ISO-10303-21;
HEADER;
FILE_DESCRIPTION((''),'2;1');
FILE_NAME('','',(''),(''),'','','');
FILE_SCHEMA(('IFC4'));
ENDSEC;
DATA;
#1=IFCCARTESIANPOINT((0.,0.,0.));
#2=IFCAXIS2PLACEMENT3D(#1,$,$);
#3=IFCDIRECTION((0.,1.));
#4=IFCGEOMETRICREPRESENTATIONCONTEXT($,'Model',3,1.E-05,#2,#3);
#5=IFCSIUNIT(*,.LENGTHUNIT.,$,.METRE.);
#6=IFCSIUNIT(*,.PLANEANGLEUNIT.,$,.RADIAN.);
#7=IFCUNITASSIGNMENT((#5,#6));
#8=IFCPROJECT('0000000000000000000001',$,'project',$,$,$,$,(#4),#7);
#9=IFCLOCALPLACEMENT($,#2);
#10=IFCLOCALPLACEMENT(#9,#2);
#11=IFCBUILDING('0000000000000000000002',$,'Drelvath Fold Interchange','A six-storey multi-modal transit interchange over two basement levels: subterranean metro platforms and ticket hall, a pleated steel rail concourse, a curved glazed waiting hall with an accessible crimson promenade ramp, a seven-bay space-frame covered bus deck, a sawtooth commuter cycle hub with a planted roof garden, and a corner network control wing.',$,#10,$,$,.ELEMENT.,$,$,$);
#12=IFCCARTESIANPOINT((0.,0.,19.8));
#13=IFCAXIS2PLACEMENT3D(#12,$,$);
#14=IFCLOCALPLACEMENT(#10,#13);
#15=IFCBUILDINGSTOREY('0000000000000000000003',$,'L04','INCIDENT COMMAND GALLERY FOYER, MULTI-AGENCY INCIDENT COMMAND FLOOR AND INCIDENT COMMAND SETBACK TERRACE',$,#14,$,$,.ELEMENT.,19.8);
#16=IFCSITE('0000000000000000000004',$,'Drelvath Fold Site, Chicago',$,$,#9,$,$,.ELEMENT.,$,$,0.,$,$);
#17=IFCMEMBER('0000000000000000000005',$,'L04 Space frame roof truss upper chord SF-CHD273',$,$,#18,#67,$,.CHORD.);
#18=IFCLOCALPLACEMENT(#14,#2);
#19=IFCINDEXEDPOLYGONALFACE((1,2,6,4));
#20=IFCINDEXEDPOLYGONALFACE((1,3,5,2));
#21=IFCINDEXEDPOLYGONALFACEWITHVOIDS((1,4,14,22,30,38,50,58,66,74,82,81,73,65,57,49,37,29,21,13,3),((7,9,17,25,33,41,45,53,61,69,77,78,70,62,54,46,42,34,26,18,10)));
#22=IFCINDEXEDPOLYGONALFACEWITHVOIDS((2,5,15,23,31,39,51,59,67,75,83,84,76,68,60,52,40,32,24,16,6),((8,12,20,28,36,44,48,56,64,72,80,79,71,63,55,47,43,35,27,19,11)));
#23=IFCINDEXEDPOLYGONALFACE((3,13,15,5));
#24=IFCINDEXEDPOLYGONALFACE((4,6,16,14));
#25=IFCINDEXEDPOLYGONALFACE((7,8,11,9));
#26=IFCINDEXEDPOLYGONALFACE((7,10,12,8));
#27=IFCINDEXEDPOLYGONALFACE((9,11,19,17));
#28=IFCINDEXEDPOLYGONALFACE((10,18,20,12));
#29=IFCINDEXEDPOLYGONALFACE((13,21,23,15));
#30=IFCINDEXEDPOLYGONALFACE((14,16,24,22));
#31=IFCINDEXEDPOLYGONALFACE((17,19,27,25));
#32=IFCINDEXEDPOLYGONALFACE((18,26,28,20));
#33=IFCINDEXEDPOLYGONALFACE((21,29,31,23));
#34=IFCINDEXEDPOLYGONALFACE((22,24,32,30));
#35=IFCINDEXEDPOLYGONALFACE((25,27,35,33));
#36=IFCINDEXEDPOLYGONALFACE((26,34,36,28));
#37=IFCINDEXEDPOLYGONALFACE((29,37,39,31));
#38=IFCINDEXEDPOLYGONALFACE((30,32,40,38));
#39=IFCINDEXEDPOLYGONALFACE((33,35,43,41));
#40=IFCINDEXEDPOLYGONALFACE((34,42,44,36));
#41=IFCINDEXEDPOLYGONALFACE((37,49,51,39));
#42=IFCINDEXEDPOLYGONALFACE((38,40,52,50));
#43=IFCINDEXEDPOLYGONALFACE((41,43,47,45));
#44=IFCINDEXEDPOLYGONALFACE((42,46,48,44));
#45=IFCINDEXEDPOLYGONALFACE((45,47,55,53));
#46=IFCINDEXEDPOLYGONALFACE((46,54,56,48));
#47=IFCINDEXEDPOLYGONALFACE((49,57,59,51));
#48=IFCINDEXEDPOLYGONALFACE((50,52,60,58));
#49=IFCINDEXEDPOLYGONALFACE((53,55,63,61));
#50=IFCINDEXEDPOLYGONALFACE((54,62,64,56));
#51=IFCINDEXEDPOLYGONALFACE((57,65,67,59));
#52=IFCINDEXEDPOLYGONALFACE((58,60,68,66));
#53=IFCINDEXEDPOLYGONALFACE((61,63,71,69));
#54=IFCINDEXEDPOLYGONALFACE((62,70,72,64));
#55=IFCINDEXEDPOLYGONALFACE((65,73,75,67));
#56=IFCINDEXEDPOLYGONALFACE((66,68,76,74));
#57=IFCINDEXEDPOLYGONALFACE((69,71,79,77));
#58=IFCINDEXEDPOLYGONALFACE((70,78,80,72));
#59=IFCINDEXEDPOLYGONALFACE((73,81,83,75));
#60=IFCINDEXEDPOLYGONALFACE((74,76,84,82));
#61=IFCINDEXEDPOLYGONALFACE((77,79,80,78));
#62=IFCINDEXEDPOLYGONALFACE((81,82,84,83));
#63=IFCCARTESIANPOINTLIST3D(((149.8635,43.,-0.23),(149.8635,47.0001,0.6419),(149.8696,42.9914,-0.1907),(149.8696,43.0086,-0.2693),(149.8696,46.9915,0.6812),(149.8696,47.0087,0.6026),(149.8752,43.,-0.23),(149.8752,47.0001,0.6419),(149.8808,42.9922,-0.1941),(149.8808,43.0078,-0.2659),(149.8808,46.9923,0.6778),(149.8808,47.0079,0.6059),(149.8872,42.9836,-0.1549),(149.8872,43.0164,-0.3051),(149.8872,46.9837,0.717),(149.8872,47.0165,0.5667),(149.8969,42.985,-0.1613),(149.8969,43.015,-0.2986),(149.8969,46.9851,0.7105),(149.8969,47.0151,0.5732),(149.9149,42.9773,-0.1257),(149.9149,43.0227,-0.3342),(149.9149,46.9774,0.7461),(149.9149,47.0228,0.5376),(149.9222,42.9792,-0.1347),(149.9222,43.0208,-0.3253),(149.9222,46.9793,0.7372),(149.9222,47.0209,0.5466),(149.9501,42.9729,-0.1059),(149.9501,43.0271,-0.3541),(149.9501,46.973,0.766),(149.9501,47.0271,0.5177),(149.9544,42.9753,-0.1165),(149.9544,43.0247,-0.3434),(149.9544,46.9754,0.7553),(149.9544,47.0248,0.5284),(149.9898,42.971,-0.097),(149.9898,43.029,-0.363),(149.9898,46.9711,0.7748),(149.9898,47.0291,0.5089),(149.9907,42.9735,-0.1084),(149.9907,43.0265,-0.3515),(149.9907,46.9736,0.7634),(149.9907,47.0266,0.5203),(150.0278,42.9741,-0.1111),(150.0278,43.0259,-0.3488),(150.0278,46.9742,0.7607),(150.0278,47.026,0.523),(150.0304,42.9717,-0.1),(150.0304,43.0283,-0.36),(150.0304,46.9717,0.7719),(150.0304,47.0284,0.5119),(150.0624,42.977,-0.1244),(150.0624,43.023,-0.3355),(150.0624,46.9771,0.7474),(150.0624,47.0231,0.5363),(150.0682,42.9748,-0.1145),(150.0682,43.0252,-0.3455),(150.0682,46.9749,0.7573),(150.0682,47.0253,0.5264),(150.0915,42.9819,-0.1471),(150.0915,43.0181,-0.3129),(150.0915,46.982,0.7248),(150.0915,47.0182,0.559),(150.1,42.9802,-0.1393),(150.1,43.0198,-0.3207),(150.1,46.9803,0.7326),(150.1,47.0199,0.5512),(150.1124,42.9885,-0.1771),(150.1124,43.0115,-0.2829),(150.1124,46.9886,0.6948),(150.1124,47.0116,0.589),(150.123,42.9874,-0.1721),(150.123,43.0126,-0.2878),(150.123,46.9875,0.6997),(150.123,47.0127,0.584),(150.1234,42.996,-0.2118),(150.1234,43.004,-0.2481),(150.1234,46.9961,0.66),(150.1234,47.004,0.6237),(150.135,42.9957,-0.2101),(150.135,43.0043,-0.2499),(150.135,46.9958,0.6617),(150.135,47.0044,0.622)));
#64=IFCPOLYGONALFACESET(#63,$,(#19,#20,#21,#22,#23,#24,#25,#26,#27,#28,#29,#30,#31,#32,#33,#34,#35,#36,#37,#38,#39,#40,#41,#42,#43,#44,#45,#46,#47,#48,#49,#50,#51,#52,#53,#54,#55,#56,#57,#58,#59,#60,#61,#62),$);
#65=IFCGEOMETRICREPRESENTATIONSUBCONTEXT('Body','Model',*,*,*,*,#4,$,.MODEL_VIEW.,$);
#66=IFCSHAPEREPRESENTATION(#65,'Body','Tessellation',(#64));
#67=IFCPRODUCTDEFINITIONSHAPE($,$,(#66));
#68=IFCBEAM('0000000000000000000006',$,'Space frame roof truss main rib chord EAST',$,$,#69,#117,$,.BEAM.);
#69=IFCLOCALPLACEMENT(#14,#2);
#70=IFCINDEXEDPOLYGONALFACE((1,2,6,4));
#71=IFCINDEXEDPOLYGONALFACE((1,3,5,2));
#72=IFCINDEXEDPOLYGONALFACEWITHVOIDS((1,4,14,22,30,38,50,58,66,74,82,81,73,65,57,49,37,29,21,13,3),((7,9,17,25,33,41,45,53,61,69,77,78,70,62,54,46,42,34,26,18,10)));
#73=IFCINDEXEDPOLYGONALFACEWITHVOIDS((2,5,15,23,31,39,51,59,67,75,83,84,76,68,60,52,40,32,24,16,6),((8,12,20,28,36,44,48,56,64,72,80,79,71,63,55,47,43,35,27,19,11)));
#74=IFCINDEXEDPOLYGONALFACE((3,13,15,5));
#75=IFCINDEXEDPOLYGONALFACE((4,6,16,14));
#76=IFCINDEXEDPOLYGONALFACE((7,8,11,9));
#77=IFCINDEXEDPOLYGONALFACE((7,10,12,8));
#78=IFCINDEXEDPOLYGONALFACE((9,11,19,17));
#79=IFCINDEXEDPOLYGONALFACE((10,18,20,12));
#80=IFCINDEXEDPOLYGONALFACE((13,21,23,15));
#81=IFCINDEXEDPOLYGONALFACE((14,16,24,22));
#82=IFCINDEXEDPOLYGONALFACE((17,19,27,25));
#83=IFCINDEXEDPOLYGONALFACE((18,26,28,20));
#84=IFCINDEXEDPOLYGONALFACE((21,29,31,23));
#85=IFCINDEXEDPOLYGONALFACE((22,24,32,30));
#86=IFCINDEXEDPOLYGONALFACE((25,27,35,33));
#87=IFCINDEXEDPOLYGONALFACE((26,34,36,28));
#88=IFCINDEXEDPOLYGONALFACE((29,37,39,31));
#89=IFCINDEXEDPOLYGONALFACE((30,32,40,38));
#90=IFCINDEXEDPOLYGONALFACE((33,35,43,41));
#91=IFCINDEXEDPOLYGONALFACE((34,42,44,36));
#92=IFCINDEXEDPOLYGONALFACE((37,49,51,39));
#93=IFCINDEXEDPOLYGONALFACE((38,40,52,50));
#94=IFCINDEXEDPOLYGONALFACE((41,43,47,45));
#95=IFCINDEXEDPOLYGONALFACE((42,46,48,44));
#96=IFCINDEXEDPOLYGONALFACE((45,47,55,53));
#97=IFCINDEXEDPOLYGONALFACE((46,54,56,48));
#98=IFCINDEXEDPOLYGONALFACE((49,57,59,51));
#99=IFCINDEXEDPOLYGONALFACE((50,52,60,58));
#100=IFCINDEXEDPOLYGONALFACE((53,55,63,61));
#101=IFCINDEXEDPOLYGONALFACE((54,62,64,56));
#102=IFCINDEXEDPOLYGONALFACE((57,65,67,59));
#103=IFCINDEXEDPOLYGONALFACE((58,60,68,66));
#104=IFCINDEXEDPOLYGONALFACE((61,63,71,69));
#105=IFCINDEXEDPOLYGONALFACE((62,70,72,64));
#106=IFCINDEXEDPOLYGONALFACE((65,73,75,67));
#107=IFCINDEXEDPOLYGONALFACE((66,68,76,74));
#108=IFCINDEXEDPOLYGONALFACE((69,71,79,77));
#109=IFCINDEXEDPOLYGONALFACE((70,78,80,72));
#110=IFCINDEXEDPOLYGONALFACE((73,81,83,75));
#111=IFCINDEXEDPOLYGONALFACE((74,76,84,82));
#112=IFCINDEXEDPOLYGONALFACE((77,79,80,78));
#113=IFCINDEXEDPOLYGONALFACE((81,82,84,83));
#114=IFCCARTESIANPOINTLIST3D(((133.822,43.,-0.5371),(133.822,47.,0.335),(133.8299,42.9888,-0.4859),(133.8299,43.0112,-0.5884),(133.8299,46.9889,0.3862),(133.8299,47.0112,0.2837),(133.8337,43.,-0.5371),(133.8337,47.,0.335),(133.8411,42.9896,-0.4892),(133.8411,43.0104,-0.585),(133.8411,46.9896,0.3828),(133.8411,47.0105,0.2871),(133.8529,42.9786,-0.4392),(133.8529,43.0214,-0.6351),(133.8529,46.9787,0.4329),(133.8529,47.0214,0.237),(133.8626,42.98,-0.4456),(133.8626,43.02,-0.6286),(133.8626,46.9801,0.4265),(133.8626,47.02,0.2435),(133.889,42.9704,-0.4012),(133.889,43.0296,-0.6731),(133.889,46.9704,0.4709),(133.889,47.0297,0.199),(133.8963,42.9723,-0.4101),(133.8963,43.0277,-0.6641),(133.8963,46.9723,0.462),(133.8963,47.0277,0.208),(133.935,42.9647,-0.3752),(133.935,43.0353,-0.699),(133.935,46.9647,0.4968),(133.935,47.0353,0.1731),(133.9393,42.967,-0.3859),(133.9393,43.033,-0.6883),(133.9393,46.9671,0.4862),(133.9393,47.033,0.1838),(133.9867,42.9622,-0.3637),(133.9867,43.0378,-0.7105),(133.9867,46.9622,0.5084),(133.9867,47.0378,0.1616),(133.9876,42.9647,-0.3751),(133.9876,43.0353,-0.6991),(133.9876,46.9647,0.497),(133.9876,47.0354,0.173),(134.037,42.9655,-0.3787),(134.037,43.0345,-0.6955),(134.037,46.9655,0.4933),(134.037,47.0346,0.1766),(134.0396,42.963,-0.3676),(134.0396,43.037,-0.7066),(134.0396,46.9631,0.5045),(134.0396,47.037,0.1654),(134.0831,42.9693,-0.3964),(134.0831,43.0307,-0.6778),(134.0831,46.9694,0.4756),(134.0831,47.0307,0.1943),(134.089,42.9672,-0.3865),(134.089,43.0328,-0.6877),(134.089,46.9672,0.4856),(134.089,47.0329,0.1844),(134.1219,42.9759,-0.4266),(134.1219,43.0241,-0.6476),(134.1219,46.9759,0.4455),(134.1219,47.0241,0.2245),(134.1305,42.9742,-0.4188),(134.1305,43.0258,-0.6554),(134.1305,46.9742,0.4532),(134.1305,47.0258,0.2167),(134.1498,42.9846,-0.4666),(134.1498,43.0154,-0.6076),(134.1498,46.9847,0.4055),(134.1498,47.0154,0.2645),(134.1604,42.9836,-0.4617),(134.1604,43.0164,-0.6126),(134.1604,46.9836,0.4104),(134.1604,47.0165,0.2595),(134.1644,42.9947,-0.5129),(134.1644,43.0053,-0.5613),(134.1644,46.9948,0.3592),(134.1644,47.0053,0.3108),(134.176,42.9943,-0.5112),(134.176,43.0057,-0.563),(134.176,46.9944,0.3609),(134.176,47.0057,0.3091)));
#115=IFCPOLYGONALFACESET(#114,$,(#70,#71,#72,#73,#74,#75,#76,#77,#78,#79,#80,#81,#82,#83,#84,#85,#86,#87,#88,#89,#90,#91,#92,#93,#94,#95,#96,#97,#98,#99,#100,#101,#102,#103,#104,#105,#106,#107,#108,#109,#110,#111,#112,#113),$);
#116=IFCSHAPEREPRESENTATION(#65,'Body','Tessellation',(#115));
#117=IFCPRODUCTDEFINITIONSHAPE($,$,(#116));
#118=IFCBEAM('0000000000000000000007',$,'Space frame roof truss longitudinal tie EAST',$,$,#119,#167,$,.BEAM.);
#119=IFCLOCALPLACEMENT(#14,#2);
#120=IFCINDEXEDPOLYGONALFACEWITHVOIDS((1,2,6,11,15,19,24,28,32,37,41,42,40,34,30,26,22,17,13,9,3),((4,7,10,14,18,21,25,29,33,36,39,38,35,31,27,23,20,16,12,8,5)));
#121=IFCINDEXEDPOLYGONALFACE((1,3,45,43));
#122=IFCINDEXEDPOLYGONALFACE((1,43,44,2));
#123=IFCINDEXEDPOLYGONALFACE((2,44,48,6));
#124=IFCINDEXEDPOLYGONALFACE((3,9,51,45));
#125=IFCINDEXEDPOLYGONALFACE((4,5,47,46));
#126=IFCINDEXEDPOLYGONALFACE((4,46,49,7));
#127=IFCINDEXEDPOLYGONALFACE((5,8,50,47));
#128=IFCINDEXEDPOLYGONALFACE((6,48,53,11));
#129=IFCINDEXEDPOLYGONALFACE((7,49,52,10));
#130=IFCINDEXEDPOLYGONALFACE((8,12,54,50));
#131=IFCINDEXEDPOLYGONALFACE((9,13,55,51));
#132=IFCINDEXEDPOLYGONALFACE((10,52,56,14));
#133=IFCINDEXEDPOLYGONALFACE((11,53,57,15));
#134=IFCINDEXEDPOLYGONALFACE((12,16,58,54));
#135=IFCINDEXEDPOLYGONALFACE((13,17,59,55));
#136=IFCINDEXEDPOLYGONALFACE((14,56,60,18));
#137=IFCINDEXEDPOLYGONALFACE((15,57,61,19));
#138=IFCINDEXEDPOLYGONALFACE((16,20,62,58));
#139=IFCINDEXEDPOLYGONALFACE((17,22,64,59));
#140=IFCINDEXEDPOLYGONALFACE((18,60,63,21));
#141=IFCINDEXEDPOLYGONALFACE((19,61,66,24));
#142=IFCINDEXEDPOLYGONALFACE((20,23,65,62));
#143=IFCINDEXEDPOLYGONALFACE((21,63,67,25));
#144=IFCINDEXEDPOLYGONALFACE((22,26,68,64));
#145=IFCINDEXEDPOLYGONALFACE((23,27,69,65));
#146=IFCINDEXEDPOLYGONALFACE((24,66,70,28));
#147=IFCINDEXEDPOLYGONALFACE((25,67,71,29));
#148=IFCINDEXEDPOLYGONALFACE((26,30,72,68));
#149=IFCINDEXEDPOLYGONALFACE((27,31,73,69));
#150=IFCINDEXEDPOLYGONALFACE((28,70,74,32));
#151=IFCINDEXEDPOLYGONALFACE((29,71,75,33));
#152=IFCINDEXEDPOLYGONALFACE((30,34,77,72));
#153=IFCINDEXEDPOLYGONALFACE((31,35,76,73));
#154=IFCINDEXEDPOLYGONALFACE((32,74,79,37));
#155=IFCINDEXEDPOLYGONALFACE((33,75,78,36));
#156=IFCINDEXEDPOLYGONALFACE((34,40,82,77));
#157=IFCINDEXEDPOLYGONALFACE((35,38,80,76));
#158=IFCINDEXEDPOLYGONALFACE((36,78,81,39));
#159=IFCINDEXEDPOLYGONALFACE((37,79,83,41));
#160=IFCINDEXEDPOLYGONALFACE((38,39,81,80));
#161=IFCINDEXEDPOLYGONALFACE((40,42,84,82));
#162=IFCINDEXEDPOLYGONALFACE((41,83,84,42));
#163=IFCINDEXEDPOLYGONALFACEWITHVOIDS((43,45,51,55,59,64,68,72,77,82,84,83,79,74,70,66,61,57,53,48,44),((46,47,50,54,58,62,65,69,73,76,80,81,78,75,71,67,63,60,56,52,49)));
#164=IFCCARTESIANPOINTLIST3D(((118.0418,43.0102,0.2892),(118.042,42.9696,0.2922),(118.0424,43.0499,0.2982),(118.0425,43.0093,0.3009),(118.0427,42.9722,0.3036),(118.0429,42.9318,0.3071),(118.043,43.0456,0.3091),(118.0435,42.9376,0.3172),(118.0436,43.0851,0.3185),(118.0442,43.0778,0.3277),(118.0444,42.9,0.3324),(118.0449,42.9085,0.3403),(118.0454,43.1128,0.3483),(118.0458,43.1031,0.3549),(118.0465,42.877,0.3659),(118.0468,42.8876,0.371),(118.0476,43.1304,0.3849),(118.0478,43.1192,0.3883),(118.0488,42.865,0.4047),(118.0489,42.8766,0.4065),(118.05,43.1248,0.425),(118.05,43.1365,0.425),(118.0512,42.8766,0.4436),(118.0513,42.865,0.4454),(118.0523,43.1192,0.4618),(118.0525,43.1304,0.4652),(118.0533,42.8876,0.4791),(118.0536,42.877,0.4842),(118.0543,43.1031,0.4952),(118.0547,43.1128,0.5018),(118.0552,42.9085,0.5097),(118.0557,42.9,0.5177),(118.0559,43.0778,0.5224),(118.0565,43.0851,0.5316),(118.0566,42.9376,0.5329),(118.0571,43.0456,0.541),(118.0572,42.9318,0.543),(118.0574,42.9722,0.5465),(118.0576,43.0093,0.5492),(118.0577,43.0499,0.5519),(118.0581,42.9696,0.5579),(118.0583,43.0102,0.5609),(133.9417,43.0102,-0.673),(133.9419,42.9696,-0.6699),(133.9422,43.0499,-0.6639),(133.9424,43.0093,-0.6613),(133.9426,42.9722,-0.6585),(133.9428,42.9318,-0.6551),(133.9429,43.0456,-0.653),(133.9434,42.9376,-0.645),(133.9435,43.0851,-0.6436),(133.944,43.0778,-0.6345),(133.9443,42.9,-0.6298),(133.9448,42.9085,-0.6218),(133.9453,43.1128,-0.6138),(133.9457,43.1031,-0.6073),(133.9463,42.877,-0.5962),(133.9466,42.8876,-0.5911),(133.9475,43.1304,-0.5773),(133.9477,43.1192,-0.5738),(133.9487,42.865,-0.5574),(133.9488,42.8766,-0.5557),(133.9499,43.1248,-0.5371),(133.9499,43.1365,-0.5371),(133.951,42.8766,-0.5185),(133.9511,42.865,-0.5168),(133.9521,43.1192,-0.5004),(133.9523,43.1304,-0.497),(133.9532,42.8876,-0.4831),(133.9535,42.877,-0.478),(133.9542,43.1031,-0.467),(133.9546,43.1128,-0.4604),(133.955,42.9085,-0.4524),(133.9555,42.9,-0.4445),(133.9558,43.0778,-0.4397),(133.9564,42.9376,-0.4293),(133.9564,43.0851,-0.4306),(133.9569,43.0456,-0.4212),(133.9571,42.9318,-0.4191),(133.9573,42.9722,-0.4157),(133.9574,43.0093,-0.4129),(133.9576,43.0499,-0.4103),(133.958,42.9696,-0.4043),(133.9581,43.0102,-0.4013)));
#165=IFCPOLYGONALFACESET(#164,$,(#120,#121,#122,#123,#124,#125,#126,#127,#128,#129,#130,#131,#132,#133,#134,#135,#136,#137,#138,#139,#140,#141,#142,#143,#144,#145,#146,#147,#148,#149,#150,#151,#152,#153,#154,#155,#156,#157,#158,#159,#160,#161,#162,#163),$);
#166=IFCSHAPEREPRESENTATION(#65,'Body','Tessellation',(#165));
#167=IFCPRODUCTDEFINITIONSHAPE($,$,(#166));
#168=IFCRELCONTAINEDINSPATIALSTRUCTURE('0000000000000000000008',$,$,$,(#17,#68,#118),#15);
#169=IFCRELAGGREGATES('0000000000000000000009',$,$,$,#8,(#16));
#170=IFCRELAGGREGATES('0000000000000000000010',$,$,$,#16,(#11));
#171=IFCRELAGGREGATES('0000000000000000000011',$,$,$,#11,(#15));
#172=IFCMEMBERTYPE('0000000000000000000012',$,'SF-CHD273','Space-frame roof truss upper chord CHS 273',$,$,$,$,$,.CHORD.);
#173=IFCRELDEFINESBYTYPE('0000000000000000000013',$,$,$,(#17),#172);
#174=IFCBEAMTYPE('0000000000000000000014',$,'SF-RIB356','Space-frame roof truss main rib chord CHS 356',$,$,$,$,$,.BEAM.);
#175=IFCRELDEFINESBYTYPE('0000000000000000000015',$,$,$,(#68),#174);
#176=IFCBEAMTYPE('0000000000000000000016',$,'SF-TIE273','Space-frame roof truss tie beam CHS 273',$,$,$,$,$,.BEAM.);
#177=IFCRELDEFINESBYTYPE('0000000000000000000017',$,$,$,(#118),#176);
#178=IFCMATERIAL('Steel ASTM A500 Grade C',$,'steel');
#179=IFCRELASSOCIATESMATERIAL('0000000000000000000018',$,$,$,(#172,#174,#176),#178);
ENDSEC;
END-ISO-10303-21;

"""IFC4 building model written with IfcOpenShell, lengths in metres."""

from ifc_helpers import new_model, si_unit, direction, frame, origin, origin_2d, place, context, subcontext, project, spatial, hollow_circle, extrude, material, material_profile, profile_set, type_object, element, save


model = new_model("IFC4")

# Units and contexts
model_context = context("Model", 3, precision=1e-05, world=origin(), true_north=direction((0.0, 1.0)))
body_context = subcontext(model_context, "Body", "Model", "MODEL_VIEW")
ifc_project = project(units=[si_unit("LENGTHUNIT", "METRE"), si_unit("PLANEANGLEUNIT", "RADIAN")], contexts=[model_context])

# Site, building, storey
site_placement = place(None, origin())
site = spatial("IfcSite", under=ifc_project, at=site_placement, Name="Drelvath Fold Site, Chicago", CompositionType="ELEMENT", RefElevation=0.0)
building_placement = place(site_placement, origin())
building = spatial("IfcBuilding", under=site, at=building_placement, Name="Drelvath Fold Interchange", Description="A six-storey multi-modal transit interchange over two basement levels: subterranean metro platforms and ticket hall, a pleated steel rail concourse, a curved glazed waiting hall with an accessible crimson promenade ramp, a seven-bay space-frame covered bus deck, a sawtooth commuter cycle hub with a planted roof garden, and a corner network control wing.", CompositionType="ELEMENT")
storey_placement = place(building_placement, frame((0.0, 0.0, 19.8)))
storey = spatial("IfcBuildingStorey", under=building, at=storey_placement, Name="L04", Description="INCIDENT COMMAND GALLERY FOYER, MULTI-AGENCY INCIDENT COMMAND FLOOR AND INCIDENT COMMAND SETBACK TERRACE", CompositionType="ELEMENT", Elevation=19.8)

# Member
ifc_material_1 = material(Name="Steel ASTM A500 Grade C", Category="steel")
ifc_material_profile_1 = material_profile(ifc_material_1, hollow_circle(Radius=0.1365, WallThickness=0.0117, at=origin_2d()), Name="HSS10.750X0.500")
ifc_profile_set_1 = profile_set([ifc_material_profile_1], Name="Steel ASTM A500 Grade C")
member_type_1 = type_object("IfcMemberType", Name="SF-CHD273", Description="Space-frame roof truss upper chord CHS 273", PredefinedType="CHORD", material=ifc_profile_set_1)
member_1_placement = place(storey_placement, frame((150.0, 43.0, -0.23), z_axis=(0.0, 0.977062, 0.212957), x_axis=(-1.0, 0.0, 0.0)))
element("IfcMember", 1, at=member_1_placement, inside=storey, type_object=member_type_1, Name="L04 Space frame roof truss upper chord SF-CHD273", PredefinedType="CHORD", context=body_context, shape_type="SweptSolid", body=[
    extrude(hollow_circle(Radius=0.1365, WallThickness=0.0117, at=origin_2d()), origin(), (0.0, 0.0, 1.0), 4.094),
])

# Beams
ifc_material_profile_2 = material_profile(ifc_material_1, hollow_circle(Radius=0.178, WallThickness=0.0117, at=origin_2d()), Name="HSS14.000X0.500")
ifc_profile_set_2 = profile_set([ifc_material_profile_2], Name="Steel ASTM A500 Grade C")
beam_type_1 = type_object("IfcBeamType", Name="SF-RIB356", Description="Space-frame roof truss main rib chord CHS 356", PredefinedType="BEAM", material=ifc_profile_set_2)
beam_1_placement = place(storey_placement, frame((134.0, 43.0, -0.5371), z_axis=(0.0, 0.977049, 0.213014), x_axis=(-1.0, 0.0, 0.0)))
element("IfcBeam", 2, at=beam_1_placement, inside=storey, type_object=beam_type_1, Name="Space frame roof truss main rib chord EAST", PredefinedType="BEAM", context=body_context, shape_type="SweptSolid", body=[
    extrude(hollow_circle(Radius=0.178, WallThickness=0.0117, at=origin_2d()), origin(), (0.0, 0.0, 1.0), 4.094),
])
ifc_material_profile_3 = material_profile(ifc_material_1, hollow_circle(Radius=0.1365, WallThickness=0.0117, at=origin_2d()), Name="HSS10.750X0.500")
ifc_profile_set_3 = profile_set([ifc_material_profile_3], Name="Steel ASTM A500 Grade C")
beam_type_2 = type_object("IfcBeamType", Name="SF-TIE273", Description="Space-frame roof truss tie beam CHS 273", PredefinedType="BEAM", material=ifc_profile_set_3)
beam_2_placement = place(storey_placement, frame((118.05, 43.0, 0.425), z_axis=(0.998174, 0.0, -0.060403), x_axis=(0.0, 1.0, 0.0)))
element("IfcBeam", 3, at=beam_2_placement, inside=storey, type_object=beam_type_2, Name="Space frame roof truss longitudinal tie EAST", PredefinedType="BEAM", context=body_context, shape_type="SweptSolid", body=[
    extrude(hollow_circle(Radius=0.1365, WallThickness=0.0117, at=origin_2d()), origin(), (0.0, 0.0, 1.0), 15.929),
])

save(model, "model.ifc")
